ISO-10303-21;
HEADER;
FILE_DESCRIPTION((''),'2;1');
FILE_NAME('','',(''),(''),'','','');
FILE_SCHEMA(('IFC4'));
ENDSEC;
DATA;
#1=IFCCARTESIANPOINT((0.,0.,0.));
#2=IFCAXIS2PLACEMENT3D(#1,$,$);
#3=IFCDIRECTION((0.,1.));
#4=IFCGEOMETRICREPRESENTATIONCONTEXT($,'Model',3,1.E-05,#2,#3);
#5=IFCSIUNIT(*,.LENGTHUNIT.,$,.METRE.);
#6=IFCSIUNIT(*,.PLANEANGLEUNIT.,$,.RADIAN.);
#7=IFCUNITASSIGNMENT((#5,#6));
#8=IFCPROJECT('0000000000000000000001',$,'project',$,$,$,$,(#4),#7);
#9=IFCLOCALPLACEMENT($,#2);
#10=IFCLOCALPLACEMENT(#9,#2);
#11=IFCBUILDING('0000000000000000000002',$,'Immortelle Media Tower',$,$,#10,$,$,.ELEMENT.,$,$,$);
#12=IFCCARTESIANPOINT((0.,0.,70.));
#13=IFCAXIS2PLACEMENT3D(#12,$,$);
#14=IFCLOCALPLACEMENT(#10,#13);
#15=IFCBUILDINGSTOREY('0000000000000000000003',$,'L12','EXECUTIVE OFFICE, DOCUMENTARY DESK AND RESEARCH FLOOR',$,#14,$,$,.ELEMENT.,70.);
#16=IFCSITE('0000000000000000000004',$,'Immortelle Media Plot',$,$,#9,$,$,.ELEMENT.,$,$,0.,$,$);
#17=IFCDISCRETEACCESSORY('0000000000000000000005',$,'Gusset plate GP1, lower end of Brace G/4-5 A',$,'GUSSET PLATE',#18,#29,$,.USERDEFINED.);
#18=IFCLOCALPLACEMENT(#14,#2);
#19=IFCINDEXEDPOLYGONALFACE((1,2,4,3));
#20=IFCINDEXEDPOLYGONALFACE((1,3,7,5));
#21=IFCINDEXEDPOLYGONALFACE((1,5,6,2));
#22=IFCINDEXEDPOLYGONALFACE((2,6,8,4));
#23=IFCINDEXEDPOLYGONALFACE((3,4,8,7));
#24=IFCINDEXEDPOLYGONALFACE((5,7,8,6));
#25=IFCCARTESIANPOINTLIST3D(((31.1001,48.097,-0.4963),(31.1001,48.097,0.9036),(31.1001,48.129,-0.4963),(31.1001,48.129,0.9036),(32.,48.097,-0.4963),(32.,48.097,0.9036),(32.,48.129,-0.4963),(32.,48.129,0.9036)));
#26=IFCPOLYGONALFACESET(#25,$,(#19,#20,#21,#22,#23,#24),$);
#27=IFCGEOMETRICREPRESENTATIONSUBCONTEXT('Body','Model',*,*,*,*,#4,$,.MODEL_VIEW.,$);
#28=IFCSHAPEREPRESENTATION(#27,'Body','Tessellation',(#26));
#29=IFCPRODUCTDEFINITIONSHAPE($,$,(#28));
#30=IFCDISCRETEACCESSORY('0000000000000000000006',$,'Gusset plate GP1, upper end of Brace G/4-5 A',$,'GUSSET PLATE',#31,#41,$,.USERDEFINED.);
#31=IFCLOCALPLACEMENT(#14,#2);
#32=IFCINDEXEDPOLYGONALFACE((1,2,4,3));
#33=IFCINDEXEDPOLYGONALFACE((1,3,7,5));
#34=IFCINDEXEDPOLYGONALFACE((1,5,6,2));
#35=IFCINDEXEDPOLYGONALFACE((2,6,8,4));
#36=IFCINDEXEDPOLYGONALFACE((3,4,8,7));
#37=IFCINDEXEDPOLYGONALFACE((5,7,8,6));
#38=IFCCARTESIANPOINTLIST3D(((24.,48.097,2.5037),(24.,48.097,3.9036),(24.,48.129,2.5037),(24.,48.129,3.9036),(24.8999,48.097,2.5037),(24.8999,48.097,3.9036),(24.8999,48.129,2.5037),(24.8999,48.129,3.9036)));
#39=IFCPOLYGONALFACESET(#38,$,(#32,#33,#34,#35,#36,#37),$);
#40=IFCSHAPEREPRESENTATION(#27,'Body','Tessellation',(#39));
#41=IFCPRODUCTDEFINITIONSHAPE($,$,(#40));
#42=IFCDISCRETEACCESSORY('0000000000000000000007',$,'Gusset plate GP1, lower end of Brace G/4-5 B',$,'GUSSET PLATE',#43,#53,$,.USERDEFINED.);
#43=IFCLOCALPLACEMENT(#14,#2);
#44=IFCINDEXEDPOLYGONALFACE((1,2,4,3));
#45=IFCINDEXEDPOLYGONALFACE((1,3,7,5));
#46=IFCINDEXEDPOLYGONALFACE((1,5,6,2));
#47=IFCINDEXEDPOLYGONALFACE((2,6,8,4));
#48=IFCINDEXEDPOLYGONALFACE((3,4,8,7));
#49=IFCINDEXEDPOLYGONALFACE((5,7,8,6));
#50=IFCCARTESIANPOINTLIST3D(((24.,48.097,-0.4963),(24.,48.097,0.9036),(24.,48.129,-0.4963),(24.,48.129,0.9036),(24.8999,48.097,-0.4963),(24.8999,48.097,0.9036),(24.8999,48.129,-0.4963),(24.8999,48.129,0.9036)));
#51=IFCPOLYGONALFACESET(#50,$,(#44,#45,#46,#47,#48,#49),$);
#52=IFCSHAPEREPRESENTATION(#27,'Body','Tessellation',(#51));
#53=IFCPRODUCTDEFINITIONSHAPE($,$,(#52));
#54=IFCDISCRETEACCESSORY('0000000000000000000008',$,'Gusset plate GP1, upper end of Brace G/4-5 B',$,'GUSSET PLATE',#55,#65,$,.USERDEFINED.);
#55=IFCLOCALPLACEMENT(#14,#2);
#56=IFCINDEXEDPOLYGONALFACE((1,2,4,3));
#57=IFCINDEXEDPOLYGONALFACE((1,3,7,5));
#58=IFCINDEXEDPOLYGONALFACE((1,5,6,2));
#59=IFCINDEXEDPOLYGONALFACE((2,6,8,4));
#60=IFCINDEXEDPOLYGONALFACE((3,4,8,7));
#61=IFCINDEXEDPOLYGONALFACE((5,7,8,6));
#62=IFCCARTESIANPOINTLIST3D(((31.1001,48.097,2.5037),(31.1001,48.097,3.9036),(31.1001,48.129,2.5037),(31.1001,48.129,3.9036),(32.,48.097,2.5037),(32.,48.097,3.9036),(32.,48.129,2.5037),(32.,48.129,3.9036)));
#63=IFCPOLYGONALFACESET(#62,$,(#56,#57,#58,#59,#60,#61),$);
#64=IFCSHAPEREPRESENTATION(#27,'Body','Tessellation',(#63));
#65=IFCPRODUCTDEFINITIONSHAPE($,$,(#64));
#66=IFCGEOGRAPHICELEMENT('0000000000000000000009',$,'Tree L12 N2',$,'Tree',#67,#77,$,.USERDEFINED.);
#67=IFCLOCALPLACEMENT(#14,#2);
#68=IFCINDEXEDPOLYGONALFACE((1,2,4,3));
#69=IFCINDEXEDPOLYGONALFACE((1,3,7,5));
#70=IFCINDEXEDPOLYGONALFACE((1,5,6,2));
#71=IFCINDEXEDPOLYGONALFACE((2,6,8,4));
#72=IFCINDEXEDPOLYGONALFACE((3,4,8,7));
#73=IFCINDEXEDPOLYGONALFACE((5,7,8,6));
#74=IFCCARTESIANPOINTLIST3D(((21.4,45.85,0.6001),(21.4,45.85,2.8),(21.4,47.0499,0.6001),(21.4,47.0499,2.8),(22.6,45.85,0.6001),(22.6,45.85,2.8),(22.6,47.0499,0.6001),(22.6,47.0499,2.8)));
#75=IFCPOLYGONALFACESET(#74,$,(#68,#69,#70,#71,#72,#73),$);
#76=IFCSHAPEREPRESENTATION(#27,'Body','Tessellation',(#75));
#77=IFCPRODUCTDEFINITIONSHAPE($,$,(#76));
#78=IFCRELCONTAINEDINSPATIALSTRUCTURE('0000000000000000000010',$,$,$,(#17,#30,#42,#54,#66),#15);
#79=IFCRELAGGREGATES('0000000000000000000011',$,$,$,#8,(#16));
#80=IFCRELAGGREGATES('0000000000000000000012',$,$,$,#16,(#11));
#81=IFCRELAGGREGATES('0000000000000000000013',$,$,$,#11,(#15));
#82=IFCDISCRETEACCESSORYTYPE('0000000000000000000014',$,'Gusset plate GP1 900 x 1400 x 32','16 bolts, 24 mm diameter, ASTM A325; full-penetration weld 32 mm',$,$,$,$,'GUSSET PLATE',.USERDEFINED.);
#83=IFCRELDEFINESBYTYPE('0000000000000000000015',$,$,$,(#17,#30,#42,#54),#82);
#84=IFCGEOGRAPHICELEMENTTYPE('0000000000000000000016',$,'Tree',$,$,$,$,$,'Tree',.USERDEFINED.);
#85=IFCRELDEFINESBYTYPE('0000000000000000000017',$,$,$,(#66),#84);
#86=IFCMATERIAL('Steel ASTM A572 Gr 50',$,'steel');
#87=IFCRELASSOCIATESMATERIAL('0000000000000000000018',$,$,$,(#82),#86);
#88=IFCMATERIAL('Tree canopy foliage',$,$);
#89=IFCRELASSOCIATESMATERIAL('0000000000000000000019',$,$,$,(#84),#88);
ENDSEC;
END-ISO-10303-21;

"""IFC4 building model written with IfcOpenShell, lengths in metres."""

from ifc_helpers import new_model, si_unit, direction, frame, origin, origin_2d, place, context, subcontext, project, spatial, rectangle, extrude, material, material_profile, profile_set, type_object, element, save


model = new_model("IFC4")

# Units and contexts
model_context = context("Model", 3, precision=1e-05, world=origin(), true_north=direction((0.0, 1.0)))
body_context = subcontext(model_context, "Body", "Model", "MODEL_VIEW")
ifc_project = project(units=[si_unit("LENGTHUNIT", "METRE"), si_unit("PLANEANGLEUNIT", "RADIAN")], contexts=[model_context])

# Site, building, storey
site_placement = place(None, origin())
site = spatial("IfcSite", under=ifc_project, at=site_placement, Name="Immortelle Media Plot", CompositionType="ELEMENT", RefElevation=0.0)
building_placement = place(site_placement, origin())
building = spatial("IfcBuilding", under=site, at=building_placement, Name="Immortelle Media Tower", CompositionType="ELEMENT")
storey_placement = place(building_placement, frame((0.0, 0.0, 70.0)))
storey = spatial("IfcBuildingStorey", under=building, at=storey_placement, Name="L12", Description="EXECUTIVE OFFICE, DOCUMENTARY DESK AND RESEARCH FLOOR", CompositionType="ELEMENT", Elevation=70.0)

# Discrete accessories
ifc_material_1 = material(Name="Steel ASTM A572 Gr 50", Category="steel")
ifc_material_profile_1 = material_profile(ifc_material_1, rectangle(XDim=0.032, YDim=1.3999, at=origin_2d()), Name="PL 32 x 1400")
ifc_profile_set_1 = profile_set([ifc_material_profile_1], Name="Steel ASTM A572 Gr 50")
discrete_accessory_type_1 = type_object("IfcDiscreteAccessoryType", Name="Gusset plate GP1 900 x 1400 x 32", Description="16 bolts, 24 mm diameter, ASTM A325; full-penetration weld 32 mm", ElementType="GUSSET PLATE", PredefinedType="USERDEFINED", material=ifc_profile_set_1)
for number, where, z_axis, x_axis, name in (
    (1, (32.0, 48.113, 0.2036), (-1.0, 0.0, 0.0), (0.0, -1.0, 0.0), "Gusset plate GP1, lower end of Brace G/4-5 A"),
    (2, (24.0, 48.113, 3.2036), (1.0, 0.0, 0.0), (0.0, 1.0, 0.0), "Gusset plate GP1, upper end of Brace G/4-5 A"),
    (3, (24.0, 48.113, 0.2036), (1.0, 0.0, 0.0), (0.0, 1.0, 0.0), "Gusset plate GP1, lower end of Brace G/4-5 B"),
    (4, (32.0, 48.113, 3.2036), (-1.0, 0.0, 0.0), (0.0, -1.0, 0.0), "Gusset plate GP1, upper end of Brace G/4-5 B"),
):
    element("IfcDiscreteAccessory", number, at=place(storey_placement, frame(where, z_axis=z_axis, x_axis=x_axis)), inside=storey, type_object=discrete_accessory_type_1, Name=name, ObjectType="GUSSET PLATE", PredefinedType="USERDEFINED", context=body_context, shape_type="SweptSolid", body=[
        extrude(rectangle(XDim=0.032, YDim=1.3999, at=origin_2d()), origin(), (0.0, 0.0, 1.0), 0.8999),
    ])

# Geographic element
ifc_material_2 = material(Name="Tree canopy foliage")
geographic_element_type = type_object("IfcGeographicElementType", Name="Tree", ElementType="Tree", PredefinedType="USERDEFINED", material=ifc_material_2)
geographic_element_placement = place(storey_placement, frame((22.0, 46.45, 0.6001), z_axis=(0.0, 0.0, 1.0), x_axis=(1.0, 0.0, 0.0)))
element("IfcGeographicElement", 5, at=geographic_element_placement, inside=storey, type_object=geographic_element_type, Name="Tree L12 N2", ObjectType="Tree", PredefinedType="USERDEFINED", context=body_context, shape_type="SweptSolid", body=[
    extrude(rectangle(XDim=1.2, YDim=1.2, at=origin_2d()), origin(), (0.0, 0.0, 1.0), 2.2),
])

save(model, "model.ifc")
